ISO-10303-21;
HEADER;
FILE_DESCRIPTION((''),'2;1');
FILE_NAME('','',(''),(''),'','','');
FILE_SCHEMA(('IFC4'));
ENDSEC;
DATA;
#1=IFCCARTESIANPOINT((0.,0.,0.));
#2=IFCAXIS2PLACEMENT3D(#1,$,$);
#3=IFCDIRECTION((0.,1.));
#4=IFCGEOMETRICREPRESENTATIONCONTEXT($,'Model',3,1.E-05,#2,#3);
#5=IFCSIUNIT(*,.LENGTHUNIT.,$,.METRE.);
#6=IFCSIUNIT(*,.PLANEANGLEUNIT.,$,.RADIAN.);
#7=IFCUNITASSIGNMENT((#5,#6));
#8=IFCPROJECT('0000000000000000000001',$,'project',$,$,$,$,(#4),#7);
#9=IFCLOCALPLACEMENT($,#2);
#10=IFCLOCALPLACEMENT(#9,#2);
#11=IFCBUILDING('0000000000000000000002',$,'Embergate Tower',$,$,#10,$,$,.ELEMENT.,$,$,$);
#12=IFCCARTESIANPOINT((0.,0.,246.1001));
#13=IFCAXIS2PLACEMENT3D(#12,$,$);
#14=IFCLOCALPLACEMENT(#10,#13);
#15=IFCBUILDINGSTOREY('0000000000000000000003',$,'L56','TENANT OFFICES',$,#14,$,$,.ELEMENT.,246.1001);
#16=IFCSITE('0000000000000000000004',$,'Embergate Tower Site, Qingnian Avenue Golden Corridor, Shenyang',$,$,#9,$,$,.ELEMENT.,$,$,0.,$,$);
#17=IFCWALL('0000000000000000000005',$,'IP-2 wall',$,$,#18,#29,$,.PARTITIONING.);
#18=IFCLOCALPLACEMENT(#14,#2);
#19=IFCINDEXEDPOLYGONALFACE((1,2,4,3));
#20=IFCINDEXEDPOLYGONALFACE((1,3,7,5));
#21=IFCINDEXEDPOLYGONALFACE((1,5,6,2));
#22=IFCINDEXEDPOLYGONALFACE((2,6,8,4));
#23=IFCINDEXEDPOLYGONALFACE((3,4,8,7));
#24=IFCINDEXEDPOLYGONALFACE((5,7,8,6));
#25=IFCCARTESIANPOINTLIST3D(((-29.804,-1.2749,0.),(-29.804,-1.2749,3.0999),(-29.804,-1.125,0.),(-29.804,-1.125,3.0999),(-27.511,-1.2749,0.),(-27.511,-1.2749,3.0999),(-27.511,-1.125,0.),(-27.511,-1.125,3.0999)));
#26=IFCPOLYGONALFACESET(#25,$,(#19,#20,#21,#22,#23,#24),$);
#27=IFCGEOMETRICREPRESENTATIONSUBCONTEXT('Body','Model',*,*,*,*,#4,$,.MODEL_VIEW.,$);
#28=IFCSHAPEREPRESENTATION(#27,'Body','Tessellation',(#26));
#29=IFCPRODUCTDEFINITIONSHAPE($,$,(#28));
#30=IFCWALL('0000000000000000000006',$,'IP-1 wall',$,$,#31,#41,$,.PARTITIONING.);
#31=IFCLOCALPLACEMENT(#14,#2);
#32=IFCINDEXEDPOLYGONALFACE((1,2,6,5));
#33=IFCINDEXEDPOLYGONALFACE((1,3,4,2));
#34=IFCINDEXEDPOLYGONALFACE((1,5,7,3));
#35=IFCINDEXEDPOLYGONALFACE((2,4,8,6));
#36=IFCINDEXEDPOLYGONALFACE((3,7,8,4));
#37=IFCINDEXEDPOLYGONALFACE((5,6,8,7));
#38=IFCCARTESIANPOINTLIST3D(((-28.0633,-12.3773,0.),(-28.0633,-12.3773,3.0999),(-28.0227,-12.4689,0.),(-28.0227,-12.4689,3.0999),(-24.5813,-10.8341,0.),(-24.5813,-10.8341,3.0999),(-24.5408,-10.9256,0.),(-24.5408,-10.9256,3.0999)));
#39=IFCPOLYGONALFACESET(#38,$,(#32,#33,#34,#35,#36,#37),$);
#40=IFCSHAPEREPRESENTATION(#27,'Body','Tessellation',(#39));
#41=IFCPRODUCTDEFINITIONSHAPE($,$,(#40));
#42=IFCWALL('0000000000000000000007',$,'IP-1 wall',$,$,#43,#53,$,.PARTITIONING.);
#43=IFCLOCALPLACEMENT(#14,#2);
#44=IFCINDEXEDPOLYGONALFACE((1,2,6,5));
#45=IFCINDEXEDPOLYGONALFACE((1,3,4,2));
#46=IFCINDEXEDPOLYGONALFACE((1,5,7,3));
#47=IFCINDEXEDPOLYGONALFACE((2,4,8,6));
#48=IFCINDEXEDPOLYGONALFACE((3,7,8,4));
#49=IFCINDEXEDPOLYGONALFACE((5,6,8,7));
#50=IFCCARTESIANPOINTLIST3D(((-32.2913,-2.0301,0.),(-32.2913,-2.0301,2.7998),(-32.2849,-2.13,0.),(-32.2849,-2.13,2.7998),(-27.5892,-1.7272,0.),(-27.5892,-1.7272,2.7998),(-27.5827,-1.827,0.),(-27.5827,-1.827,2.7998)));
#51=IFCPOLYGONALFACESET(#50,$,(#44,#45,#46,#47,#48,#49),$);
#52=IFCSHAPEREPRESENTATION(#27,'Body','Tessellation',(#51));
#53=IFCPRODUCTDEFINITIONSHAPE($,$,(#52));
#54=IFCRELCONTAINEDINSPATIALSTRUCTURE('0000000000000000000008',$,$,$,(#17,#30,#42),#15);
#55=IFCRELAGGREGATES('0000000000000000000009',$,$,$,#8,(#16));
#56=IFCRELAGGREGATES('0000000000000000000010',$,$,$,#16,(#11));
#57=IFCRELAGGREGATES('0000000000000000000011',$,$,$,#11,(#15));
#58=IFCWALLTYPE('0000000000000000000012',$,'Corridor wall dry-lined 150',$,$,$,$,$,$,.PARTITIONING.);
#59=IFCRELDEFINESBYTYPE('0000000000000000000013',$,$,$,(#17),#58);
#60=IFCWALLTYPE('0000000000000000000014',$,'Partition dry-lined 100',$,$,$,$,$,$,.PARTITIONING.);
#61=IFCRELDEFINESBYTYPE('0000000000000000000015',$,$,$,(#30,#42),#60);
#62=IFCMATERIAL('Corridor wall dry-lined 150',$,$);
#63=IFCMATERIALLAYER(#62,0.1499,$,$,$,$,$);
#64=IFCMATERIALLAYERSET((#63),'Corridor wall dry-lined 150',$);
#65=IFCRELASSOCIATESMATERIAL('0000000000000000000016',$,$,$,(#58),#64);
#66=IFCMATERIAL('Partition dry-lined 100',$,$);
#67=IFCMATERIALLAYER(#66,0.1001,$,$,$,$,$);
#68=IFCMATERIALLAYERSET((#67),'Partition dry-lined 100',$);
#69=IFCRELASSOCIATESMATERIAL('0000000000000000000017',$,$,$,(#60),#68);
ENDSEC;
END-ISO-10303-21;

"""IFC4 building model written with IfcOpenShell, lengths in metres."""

from ifc_helpers import new_model, si_unit, direction, frame, frame_2d, origin, place, context, subcontext, project, spatial, rectangle, extrude, source, transform, mapped, material, layer, layer_set, type_object, element, save


model = new_model("IFC4")

# Units and contexts
model_context = context("Model", 3, precision=1e-05, world=origin(), true_north=direction((0.0, 1.0)))
body_context = subcontext(model_context, "Body", "Model", "MODEL_VIEW")
ifc_project = project(units=[si_unit("LENGTHUNIT", "METRE"), si_unit("PLANEANGLEUNIT", "RADIAN")], contexts=[model_context])

# Site, building, storey
site_placement = place(None, origin())
site = spatial("IfcSite", under=ifc_project, at=site_placement, Name="Embergate Tower Site, Qingnian Avenue Golden Corridor, Shenyang", CompositionType="ELEMENT", RefElevation=0.0)
building_placement = place(site_placement, origin())
building = spatial("IfcBuilding", under=site, at=building_placement, Name="Embergate Tower", CompositionType="ELEMENT")
storey_placement = place(building_placement, frame((0.0, 0.0, 246.1001)))
storey = spatial("IfcBuildingStorey", under=building, at=storey_placement, Name="L56", Description="TENANT OFFICES", CompositionType="ELEMENT", Elevation=246.1001)

# Shared definitions
ifc_material_1 = material(Name="Corridor wall dry-lined 150")
ifc_layer_1 = layer(ifc_material_1, 0.1499)
ifc_layer_set_1 = layer_set([ifc_layer_1], Name="Corridor wall dry-lined 150")
wall_type_1 = type_object("IfcWallType", Name="Corridor wall dry-lined 150", PredefinedType="PARTITIONING", material=ifc_layer_set_1)

# Walls
shared_shape_1 = source(origin(), body_context, "Body", "SweptSolid", [
    extrude(rectangle(XDim=2.293, YDim=0.1499, at=frame_2d((1.1465, 0.0))), origin(), (0.0, 0.0, 1.0), 3.0999),
])
wall_1_placement = place(storey_placement, frame((-27.511, -1.2, 0.0), z_axis=(0.0, 0.0, 1.0), x_axis=(-1.0, 0.0, 0.0)))
element("IfcWall", 1, at=wall_1_placement, inside=storey, type_object=wall_type_1, Name="IP-2 wall", PredefinedType="PARTITIONING", context=body_context, shape_type="MappedRepresentation", body=[
    mapped(shared_shape_1, transform((0.0, 0.0, 0.0))),
])
ifc_material_2 = material(Name="Partition dry-lined 100")
ifc_layer_2 = layer(ifc_material_2, 0.1001)
ifc_layer_set_2 = layer_set([ifc_layer_2], Name="Partition dry-lined 100")
wall_type_2 = type_object("IfcWallType", Name="Partition dry-lined 100", PredefinedType="PARTITIONING", material=ifc_layer_set_2)
shared_shape_2 = source(origin(), body_context, "Body", "SweptSolid", [
    extrude(rectangle(XDim=3.8086, YDim=0.1001, at=frame_2d((1.9043, 0.0))), origin(), (0.0, 0.0, 1.0), 3.0999),
])
wall_2_placement = place(storey_placement, frame((-24.561, -10.8799, 0.0), z_axis=(0.0, 0.0, 1.0), x_axis=(-0.914231, -0.405193, 0.0)))
element("IfcWall", 2, at=wall_2_placement, inside=storey, type_object=wall_type_2, Name="IP-1 wall", PredefinedType="PARTITIONING", context=body_context, shape_type="MappedRepresentation", body=[
    mapped(shared_shape_2, transform((0.0, 0.0, 0.0))),
])
shared_shape_3 = source(origin(), body_context, "Body", "SweptSolid", [
    extrude(rectangle(XDim=4.7119, YDim=0.1001, at=frame_2d((2.356, 0.0))), origin(), (0.0, 0.0, 1.0), 2.7998),
])
wall_3_placement = place(storey_placement, frame((-27.5859, -1.7771, 0.0), z_axis=(0.0, 0.0, 1.0), x_axis=(-0.997931, -0.064301, 0.0)))
element("IfcWall", 3, at=wall_3_placement, inside=storey, type_object=wall_type_2, Name="IP-1 wall", PredefinedType="PARTITIONING", context=body_context, shape_type="MappedRepresentation", body=[
    mapped(shared_shape_3, transform((0.0, 0.0, 0.0))),
])

save(model, "model.ifc")
